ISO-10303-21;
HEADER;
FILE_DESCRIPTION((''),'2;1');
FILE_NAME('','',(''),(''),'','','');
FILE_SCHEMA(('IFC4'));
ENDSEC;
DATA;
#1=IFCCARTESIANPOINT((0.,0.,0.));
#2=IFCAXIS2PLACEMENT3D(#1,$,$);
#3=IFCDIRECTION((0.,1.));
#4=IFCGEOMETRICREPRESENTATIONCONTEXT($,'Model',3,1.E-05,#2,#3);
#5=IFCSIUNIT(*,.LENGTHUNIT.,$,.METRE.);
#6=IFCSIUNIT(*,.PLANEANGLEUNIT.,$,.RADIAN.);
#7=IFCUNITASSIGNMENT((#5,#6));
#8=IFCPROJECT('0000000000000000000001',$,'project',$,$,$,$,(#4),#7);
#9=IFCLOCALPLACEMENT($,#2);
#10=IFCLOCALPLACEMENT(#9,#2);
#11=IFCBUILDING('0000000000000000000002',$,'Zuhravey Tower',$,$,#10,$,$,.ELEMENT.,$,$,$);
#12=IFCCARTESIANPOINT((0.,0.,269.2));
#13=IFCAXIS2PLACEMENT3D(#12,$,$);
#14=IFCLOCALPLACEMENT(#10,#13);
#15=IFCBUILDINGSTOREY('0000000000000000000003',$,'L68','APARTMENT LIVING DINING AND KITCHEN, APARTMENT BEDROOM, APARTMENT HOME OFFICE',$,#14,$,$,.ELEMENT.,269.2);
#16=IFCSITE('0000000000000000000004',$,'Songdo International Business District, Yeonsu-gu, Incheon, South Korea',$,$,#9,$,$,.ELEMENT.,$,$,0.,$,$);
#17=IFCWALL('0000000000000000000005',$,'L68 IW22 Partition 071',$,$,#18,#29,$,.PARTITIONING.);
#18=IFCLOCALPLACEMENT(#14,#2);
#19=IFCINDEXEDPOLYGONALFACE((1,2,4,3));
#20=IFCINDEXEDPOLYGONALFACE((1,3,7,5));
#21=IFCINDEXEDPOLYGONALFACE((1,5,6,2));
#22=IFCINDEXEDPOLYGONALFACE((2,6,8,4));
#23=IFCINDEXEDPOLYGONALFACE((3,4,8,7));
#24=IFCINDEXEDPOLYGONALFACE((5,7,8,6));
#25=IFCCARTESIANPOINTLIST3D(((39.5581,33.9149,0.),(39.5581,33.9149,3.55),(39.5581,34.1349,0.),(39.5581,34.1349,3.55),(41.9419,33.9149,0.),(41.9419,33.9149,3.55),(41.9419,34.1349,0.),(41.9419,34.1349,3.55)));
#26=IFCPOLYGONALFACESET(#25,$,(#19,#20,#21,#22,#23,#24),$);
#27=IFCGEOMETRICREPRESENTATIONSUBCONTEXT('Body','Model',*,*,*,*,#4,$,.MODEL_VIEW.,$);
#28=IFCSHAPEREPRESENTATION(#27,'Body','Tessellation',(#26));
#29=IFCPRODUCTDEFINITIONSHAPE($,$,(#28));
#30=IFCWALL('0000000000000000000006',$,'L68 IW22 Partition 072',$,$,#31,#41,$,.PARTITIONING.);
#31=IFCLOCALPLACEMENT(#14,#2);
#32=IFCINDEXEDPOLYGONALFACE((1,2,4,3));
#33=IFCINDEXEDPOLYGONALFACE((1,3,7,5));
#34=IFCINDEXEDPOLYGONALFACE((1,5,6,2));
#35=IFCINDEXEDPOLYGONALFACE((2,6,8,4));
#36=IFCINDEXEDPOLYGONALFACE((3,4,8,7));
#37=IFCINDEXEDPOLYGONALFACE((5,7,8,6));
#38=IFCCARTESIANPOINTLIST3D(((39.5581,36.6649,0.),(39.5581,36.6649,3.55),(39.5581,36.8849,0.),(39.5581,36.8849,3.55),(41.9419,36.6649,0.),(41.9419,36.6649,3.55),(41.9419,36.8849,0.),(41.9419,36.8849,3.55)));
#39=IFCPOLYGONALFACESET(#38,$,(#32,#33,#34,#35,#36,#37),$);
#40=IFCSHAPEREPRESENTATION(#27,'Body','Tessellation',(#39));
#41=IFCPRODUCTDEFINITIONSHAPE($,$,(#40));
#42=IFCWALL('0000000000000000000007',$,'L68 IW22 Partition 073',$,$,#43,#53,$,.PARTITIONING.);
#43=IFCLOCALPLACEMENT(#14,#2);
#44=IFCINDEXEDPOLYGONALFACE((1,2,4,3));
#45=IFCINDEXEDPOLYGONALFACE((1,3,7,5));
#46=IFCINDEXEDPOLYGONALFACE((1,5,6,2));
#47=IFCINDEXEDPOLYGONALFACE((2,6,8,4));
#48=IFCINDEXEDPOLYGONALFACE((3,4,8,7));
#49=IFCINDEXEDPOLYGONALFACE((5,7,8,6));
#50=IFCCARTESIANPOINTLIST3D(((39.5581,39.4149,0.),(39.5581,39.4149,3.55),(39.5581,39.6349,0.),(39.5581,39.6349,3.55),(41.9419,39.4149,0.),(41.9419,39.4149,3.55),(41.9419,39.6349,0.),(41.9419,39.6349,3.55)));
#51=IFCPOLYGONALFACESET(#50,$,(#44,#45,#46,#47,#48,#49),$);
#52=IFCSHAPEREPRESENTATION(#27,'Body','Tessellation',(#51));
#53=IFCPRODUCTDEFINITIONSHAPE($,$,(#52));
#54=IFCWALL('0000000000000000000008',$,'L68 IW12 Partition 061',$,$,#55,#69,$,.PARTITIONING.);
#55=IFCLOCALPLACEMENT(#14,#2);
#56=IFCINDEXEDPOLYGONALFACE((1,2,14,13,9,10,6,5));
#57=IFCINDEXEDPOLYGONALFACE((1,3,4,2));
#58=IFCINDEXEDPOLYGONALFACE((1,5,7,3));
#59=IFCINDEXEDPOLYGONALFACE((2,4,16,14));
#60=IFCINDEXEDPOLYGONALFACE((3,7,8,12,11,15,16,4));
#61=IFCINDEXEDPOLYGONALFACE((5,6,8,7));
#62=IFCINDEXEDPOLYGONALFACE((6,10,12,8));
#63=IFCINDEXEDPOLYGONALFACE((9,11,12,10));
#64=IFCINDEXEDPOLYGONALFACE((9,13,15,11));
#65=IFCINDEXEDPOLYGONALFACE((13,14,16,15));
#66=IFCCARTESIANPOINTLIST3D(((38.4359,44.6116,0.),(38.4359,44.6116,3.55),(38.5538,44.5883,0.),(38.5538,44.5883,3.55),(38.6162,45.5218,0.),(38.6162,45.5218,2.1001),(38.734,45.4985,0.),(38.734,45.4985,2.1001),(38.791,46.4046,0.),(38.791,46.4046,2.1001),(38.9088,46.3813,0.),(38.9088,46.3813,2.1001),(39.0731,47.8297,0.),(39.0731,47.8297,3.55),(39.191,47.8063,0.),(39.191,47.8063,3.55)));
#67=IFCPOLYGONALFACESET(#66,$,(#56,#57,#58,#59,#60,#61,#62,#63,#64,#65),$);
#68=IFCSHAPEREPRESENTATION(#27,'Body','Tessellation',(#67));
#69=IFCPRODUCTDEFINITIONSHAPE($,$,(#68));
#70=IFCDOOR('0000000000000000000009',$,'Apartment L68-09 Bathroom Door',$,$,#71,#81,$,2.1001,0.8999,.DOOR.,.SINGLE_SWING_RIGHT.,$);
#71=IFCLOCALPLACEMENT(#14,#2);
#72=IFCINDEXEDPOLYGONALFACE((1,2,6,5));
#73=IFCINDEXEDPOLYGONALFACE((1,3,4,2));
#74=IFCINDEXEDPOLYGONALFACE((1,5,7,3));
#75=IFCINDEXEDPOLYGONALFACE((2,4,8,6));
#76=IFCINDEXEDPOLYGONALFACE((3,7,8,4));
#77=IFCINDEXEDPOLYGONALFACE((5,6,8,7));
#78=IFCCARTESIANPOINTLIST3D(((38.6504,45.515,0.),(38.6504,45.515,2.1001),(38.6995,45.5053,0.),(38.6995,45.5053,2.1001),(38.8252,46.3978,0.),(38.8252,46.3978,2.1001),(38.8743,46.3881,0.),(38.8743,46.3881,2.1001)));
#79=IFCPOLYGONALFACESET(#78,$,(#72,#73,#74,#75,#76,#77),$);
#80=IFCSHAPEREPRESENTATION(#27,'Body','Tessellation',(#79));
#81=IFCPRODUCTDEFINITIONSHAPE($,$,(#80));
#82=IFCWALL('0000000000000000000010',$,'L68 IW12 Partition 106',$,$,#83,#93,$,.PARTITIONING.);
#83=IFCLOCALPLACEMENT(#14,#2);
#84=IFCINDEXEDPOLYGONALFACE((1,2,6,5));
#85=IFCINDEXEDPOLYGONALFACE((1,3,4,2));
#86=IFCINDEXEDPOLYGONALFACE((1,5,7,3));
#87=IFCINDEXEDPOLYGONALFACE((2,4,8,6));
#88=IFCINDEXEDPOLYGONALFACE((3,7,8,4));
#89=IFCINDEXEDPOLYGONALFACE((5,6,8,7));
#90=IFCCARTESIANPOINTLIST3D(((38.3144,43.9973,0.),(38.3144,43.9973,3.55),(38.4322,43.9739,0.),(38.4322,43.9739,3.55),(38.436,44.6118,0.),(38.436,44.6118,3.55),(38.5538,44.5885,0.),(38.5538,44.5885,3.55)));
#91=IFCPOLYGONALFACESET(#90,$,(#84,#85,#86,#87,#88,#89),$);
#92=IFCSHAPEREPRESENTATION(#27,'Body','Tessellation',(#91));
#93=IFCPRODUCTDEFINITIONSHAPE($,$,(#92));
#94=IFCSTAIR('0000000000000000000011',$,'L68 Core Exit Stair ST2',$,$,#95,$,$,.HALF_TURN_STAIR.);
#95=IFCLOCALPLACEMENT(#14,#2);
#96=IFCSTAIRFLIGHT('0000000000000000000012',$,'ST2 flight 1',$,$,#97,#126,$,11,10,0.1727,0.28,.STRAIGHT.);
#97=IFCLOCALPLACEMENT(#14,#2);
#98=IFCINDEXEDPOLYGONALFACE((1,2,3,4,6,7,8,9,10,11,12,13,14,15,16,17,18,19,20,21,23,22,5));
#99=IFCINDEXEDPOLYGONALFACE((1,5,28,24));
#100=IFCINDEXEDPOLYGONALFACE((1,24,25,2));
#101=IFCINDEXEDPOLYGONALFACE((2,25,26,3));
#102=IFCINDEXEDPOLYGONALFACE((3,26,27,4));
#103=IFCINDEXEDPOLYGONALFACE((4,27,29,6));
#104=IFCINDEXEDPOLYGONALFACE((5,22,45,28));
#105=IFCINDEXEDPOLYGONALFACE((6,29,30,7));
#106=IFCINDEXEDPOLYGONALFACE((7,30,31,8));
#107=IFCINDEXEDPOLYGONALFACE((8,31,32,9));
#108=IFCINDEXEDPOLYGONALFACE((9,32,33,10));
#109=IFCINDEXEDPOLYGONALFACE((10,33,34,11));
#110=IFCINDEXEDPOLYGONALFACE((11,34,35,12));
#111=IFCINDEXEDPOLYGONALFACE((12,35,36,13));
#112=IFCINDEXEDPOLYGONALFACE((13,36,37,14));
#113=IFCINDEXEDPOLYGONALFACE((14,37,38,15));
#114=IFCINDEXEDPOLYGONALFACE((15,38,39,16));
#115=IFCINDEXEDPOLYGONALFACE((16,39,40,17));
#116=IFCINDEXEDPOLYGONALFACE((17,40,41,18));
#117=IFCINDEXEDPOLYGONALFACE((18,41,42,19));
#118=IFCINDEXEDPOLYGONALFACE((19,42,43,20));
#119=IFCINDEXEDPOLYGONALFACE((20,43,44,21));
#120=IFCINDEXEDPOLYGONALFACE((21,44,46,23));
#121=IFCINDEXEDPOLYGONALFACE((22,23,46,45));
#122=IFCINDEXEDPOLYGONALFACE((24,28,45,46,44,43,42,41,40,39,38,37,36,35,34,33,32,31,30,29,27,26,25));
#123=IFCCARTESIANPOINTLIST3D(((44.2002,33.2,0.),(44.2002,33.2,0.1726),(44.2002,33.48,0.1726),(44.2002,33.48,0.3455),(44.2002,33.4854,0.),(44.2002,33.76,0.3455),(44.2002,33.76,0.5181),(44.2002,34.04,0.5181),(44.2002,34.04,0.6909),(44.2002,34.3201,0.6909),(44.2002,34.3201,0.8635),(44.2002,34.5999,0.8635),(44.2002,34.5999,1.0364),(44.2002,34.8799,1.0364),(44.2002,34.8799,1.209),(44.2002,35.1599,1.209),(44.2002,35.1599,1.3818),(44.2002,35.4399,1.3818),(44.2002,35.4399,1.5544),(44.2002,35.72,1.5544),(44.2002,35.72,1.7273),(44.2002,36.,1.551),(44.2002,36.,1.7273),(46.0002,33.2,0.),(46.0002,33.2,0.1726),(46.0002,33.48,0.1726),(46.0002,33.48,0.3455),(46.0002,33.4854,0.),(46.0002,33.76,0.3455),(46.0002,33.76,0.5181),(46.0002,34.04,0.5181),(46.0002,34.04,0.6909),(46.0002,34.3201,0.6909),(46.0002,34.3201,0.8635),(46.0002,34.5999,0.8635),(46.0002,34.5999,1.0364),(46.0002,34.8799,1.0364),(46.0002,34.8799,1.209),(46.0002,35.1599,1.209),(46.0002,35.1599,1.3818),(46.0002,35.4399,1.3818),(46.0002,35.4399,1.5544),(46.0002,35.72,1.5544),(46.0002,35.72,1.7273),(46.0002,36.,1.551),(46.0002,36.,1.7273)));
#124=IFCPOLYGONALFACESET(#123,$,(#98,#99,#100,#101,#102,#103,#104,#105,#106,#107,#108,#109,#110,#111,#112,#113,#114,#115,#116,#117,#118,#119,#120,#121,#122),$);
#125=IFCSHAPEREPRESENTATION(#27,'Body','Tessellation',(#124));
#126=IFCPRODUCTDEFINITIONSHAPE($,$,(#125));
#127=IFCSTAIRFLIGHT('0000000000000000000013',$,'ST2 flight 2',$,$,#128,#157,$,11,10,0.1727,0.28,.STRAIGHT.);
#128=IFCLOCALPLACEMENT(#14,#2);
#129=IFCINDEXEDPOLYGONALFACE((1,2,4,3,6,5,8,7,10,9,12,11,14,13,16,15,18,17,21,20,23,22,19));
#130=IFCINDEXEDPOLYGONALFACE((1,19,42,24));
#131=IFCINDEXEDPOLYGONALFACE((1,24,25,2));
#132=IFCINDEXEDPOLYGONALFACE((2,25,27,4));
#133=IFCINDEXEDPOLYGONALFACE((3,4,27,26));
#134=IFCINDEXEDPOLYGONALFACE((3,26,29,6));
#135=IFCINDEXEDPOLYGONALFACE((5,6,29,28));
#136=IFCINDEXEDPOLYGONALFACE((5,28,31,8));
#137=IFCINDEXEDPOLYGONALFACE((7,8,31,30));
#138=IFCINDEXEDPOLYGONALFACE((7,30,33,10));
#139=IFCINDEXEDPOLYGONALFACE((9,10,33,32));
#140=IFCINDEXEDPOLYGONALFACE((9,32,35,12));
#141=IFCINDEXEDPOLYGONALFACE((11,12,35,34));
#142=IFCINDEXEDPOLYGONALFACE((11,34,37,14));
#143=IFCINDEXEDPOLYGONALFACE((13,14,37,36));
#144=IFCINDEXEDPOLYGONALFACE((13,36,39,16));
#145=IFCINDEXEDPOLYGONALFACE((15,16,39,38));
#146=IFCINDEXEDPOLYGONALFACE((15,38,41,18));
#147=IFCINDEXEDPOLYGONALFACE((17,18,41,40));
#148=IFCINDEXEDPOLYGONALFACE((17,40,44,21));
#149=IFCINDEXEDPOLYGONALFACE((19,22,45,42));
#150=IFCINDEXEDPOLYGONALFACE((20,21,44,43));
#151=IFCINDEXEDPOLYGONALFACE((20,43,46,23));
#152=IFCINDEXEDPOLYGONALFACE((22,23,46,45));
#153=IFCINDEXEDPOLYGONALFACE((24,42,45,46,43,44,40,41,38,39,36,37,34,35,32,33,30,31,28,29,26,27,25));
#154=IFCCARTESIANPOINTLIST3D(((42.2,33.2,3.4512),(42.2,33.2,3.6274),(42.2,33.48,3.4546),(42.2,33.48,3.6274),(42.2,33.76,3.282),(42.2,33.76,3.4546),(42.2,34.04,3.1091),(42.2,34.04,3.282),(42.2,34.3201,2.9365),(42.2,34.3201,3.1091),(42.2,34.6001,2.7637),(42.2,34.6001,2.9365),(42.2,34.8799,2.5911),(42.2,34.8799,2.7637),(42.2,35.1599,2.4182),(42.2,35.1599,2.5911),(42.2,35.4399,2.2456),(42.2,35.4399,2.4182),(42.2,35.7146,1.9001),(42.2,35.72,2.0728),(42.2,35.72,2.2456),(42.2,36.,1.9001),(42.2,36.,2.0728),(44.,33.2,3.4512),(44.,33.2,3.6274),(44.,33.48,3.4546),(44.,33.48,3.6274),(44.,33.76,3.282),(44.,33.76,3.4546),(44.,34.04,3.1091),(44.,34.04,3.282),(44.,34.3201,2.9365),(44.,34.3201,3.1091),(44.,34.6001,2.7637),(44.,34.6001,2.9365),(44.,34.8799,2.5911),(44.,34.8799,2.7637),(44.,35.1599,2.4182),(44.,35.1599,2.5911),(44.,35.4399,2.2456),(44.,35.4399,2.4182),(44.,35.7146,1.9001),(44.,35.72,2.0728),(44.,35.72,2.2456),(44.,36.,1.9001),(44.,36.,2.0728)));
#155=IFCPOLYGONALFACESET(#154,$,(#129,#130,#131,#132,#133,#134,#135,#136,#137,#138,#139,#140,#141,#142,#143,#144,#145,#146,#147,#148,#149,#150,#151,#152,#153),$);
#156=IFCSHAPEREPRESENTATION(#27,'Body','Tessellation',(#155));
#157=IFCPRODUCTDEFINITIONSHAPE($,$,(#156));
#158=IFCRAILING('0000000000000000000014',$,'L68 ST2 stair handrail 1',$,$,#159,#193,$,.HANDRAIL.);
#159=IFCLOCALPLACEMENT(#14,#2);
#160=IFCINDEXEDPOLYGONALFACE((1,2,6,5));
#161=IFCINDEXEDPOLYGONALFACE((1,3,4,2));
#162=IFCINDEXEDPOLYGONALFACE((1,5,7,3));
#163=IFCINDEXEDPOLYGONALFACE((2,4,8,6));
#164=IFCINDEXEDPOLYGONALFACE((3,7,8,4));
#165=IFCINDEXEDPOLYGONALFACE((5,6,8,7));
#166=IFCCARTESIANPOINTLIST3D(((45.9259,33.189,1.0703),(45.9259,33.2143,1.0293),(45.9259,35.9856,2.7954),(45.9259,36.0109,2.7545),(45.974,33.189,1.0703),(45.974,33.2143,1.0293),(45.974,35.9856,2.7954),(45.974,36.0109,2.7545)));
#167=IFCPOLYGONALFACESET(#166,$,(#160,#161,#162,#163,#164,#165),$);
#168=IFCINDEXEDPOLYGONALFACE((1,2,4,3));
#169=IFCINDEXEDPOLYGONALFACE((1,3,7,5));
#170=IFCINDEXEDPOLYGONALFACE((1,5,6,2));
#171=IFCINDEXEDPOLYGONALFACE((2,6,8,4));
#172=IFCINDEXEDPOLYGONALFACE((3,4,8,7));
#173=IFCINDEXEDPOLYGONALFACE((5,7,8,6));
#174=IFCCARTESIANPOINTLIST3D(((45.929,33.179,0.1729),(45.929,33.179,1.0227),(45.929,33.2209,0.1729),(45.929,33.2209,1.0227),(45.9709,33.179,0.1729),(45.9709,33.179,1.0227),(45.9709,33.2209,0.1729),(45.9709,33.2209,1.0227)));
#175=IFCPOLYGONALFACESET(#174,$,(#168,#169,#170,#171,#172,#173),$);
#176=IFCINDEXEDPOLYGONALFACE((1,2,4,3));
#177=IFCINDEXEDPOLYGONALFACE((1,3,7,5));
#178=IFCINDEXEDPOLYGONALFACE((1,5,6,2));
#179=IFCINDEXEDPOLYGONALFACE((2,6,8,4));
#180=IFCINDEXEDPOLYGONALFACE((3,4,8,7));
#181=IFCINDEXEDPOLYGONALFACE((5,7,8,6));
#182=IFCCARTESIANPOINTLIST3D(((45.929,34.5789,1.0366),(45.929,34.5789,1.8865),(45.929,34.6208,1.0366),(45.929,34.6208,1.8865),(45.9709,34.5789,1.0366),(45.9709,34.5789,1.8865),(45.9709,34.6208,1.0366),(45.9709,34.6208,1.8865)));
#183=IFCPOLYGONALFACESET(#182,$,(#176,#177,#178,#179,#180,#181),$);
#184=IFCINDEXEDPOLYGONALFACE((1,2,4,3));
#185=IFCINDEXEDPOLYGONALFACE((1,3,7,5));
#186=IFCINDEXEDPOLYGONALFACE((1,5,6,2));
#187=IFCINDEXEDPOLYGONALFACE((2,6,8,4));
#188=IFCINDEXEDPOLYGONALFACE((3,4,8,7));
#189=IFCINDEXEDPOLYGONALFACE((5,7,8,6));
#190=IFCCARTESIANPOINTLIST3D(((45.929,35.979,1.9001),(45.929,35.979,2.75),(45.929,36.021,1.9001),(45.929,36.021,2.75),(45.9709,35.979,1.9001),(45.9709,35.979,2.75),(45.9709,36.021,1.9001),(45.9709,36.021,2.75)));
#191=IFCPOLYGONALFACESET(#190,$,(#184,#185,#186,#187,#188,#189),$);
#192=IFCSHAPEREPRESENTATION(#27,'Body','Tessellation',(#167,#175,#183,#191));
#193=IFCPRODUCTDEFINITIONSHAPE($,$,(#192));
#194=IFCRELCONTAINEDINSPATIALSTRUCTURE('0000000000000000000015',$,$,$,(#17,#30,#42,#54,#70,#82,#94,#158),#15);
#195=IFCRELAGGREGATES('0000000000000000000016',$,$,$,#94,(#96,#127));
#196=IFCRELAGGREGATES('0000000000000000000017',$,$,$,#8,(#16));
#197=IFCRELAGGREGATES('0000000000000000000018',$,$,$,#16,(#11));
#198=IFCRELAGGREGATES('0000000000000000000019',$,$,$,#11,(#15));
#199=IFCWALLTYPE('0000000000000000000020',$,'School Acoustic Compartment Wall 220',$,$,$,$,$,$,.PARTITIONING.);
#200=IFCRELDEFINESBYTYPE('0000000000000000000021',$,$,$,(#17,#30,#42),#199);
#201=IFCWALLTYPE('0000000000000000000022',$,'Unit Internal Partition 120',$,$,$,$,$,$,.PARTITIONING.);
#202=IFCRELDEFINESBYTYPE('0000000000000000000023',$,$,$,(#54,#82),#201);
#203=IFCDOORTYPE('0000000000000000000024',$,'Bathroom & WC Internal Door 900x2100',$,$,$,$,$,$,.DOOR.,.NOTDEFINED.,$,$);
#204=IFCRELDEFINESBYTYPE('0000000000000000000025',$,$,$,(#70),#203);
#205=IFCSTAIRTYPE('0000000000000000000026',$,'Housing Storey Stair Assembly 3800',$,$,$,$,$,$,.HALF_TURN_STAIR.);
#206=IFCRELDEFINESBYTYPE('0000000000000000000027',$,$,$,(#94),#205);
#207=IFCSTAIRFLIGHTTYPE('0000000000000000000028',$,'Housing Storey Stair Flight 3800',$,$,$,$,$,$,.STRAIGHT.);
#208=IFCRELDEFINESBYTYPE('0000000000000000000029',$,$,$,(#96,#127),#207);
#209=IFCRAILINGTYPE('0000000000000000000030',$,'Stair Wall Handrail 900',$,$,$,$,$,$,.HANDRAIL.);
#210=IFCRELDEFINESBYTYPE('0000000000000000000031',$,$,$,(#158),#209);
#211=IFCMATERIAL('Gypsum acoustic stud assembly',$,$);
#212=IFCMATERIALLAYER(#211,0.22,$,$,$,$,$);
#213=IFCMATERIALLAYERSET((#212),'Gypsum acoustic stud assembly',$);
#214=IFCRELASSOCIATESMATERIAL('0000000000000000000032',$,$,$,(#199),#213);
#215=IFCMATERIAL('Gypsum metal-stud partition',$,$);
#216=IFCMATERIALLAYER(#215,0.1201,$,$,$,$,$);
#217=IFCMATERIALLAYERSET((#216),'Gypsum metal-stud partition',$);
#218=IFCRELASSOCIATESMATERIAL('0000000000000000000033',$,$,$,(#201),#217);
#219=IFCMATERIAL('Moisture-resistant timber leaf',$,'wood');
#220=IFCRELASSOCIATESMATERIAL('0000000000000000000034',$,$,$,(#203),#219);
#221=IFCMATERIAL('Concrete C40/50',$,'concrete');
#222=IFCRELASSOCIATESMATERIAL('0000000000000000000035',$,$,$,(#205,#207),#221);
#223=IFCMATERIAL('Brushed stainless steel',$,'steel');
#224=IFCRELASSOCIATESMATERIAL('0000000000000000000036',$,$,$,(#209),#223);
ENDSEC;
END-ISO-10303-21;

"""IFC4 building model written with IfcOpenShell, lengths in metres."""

from ifc_helpers import new_model, si_unit, direction, frame, frame_2d, origin, origin_2d, place, context, subcontext, project, spatial, polyline, rectangle, outline, extrude, material, layer, layer_set, type_object, element, fill, aggregate, save


model = new_model("IFC4")

# Units and contexts
model_context = context("Model", 3, precision=1e-05, world=origin(), true_north=direction((0.0, 1.0)))
body_context = subcontext(model_context, "Body", "Model", "MODEL_VIEW")
ifc_project = project(units=[si_unit("LENGTHUNIT", "METRE"), si_unit("PLANEANGLEUNIT", "RADIAN")], contexts=[model_context])

# Site, building, storey
site_placement = place(None, origin())
site = spatial("IfcSite", under=ifc_project, at=site_placement, Name="Songdo International Business District, Yeonsu-gu, Incheon, South Korea", CompositionType="ELEMENT", RefElevation=0.0)
building_placement = place(site_placement, origin())
building = spatial("IfcBuilding", under=site, at=building_placement, Name="Zuhravey Tower", CompositionType="ELEMENT")
storey_placement = place(building_placement, frame((0.0, 0.0, 269.2)))
storey = spatial("IfcBuildingStorey", under=building, at=storey_placement, Name="L68", Description="APARTMENT LIVING DINING AND KITCHEN, APARTMENT BEDROOM, APARTMENT HOME OFFICE", CompositionType="ELEMENT", Elevation=269.2)

# Walls
ifc_material_1 = material(Name="Gypsum acoustic stud assembly")
ifc_layer_1 = layer(ifc_material_1, 0.22)
ifc_layer_set_1 = layer_set([ifc_layer_1], Name="Gypsum acoustic stud assembly")
wall_type_1 = type_object("IfcWallType", Name="School Acoustic Compartment Wall 220", PredefinedType="PARTITIONING", material=ifc_layer_set_1)
for number, where, z_axis, x_axis, name in (
    (1, (39.5581, 34.0249, 0.0), (0.0, 0.0, 1.0), (1.0, 0.0, 0.0), "L68 IW22 Partition 071"),
    (2, (39.5581, 36.7749, 0.0), (0.0, 0.0, 1.0), (1.0, 0.0, 0.0), "L68 IW22 Partition 072"),
    (3, (39.5581, 39.5249, 0.0), (0.0, 0.0, 1.0), (1.0, 0.0, 0.0), "L68 IW22 Partition 073"),
):
    element("IfcWall", number, at=place(storey_placement, frame(where, z_axis=z_axis, x_axis=x_axis)), inside=storey, type_object=wall_type_1, Name=name, PredefinedType="PARTITIONING", context=body_context, shape_type="SweptSolid", body=[
        extrude(rectangle(XDim=2.3838, YDim=0.22, at=frame_2d((1.1919, 0.0))), origin(), (0.0, 0.0, 1.0), 3.55),
    ])

# Wall, opening, door
ifc_material_2 = material(Name="Gypsum metal-stud partition")
ifc_layer_2 = layer(ifc_material_2, 0.1201)
ifc_layer_set_2 = layer_set([ifc_layer_2], Name="Gypsum metal-stud partition")
wall_type_2 = type_object("IfcWallType", Name="Unit Internal Partition 120", PredefinedType="PARTITIONING", material=ifc_layer_set_2)
wall_1_placement = place(storey_placement, frame((38.4949, 44.6001, 0.0), z_axis=(0.0, 0.0, 1.0), x_axis=(0.194241, 0.980954, 0.0)))
wall_1 = element("IfcWall", 4, at=wall_1_placement, inside=storey, type_object=wall_type_2, Name="L68 IW12 Partition 061", PredefinedType="PARTITIONING", context=body_context, shape_type="SweptSolid", body=[
    extrude(rectangle(XDim=3.2805, YDim=0.1201, at=frame_2d((1.6401, 0.0))), origin(), (0.0, 0.0, 1.0), 3.55),
])
opening_1_placement = place(wall_1_placement, frame((0.9277, 0.0, 0.0)))
opening_1 = element("IfcOpeningElement", 5, at=opening_1_placement, cuts=wall_1, PredefinedType="OPENING", context=body_context, shape_type="SweptSolid", body=[
    extrude(rectangle(XDim=0.8999, YDim=2.1001, at=frame_2d((0.45, 1.05))), frame((0.0, 0.072, 0.0), z_axis=(0.0, -1.0, 0.0), x_axis=(1.0, 0.0, 0.0)), (0.0, 0.0, 1.0), 0.144),
])
ifc_material_3 = material(Name="Moisture-resistant timber leaf", Category="wood")
door_type_1 = type_object("IfcDoorType", Name="Bathroom & WC Internal Door 900x2100", OperationType="NOTDEFINED", PredefinedType="DOOR", material=ifc_material_3)
door_1_placement = place(opening_1_placement, frame((0.8999, 0.0, 0.0), z_axis=(0.0, 0.0, 1.0), x_axis=(-1.0, 0.0, 0.0)))
door_1 = element("IfcDoor", 6, at=door_1_placement, inside=storey, type_object=door_type_1, Name="Apartment L68-09 Bathroom Door", OperationType="SINGLE_SWING_RIGHT", OverallHeight=2.1001, OverallWidth=0.8999, PredefinedType="DOOR", context=body_context, shape_type="SweptSolid", body=[
    extrude(rectangle(XDim=0.8999, YDim=2.1001, at=frame_2d((0.45, 1.05))), frame((0.0, 0.0249, 0.0), z_axis=(0.0, -1.0, 0.0), x_axis=(1.0, 0.0, 0.0)), (0.0, 0.0, 1.0), 0.05),
])
fill(opening_1, door_1)

# Wall
wall_2_placement = place(storey_placement, frame((38.3733, 43.9856, 0.0), z_axis=(0.0, 0.0, 1.0), x_axis=(0.194092, 0.980983, 0.0)))
element("IfcWall", 7, at=wall_2_placement, inside=storey, type_object=wall_type_2, Name="L68 IW12 Partition 106", PredefinedType="PARTITIONING", context=body_context, shape_type="SweptSolid", body=[
    extrude(rectangle(XDim=0.6265, YDim=0.1201, at=frame_2d((0.3132, 0.0))), origin(), (0.0, 0.0, 1.0), 3.55),
])

# Stair, stair flights
ifc_material_4 = material(Name="Concrete C40/50", Category="concrete")
stair_type = type_object("IfcStairType", Name="Housing Storey Stair Assembly 3800", PredefinedType="HALF_TURN_STAIR", material=ifc_material_4)
stair_placement = place(storey_placement, origin())
stair = element("IfcStair", 8, at=stair_placement, inside=storey, type_object=stair_type, Name="L68 Core Exit Stair ST2", PredefinedType="HALF_TURN_STAIR")
stair_flight_type = type_object("IfcStairFlightType", Name="Housing Storey Stair Flight 3800", PredefinedType="STRAIGHT", material=ifc_material_4)
stair_flight_1_placement = place(storey_placement, frame((45.1001, 33.2, 0.0), z_axis=(0.0, 0.0, 1.0), x_axis=(0.0, 1.0, 0.0)))
stair_flight_1 = element("IfcStairFlight", 9, at=stair_flight_1_placement, type_object=stair_flight_type, Name="ST2 flight 1", NumberOfRisers=11, NumberOfTreads=10, PredefinedType="STRAIGHT", RiserHeight=0.1727, TreadLength=0.28, context=body_context, shape_type="SweptSolid", body=[
    extrude(outline(polyline([(0.0, 0.0), (0.0, 0.1726), (0.28, 0.1726), (0.28, 0.3455), (0.5601, 0.3455), (0.5601, 0.5181), (0.8401, 0.5181), (0.8401, 0.6909), (1.1201, 0.6909), (1.1201, 0.8635), (1.3999, 0.8635), (1.3999, 1.0364), (1.6799, 1.0364), (1.6799, 1.209), (1.96, 1.209), (1.96, 1.3818), (2.24, 1.3818), (2.24, 1.5544), (2.52, 1.5544), (2.52, 1.7273), (2.8, 1.7273), (2.8, 1.8999), (2.8, 1.551), (0.2854, 0.0), (0.0, 0.0)])), frame((0.0, 0.8999, 0.0), z_axis=(0.0, -1.0, 0.0), x_axis=(1.0, 0.0, 0.0)), (0.0, 0.0, 1.0), 1.8),
])
stair_flight_2_placement = place(storey_placement, frame((43.1001, 36.0, 1.9001), z_axis=(0.0, 0.0, 1.0), x_axis=(0.0, -1.0, 0.0)))
stair_flight_2 = element("IfcStairFlight", 10, at=stair_flight_2_placement, type_object=stair_flight_type, Name="ST2 flight 2", NumberOfRisers=11, NumberOfTreads=10, PredefinedType="STRAIGHT", RiserHeight=0.1727, TreadLength=0.28, context=body_context, shape_type="SweptSolid", body=[
    extrude(outline(polyline([(0.0, 0.0), (0.0, 0.1726), (0.28, 0.1726), (0.28, 0.3455), (0.5601, 0.3455), (0.5601, 0.5181), (0.8401, 0.5181), (0.8401, 0.6909), (1.1201, 0.6909), (1.1201, 0.8635), (1.3999, 0.8635), (1.3999, 1.0364), (1.6799, 1.0364), (1.6799, 1.209), (1.96, 1.209), (1.96, 1.3818), (2.24, 1.3818), (2.24, 1.5544), (2.52, 1.5544), (2.52, 1.7273), (2.8, 1.7273), (2.8, 1.8999), (2.8, 1.551), (0.2854, 0.0), (0.0, 0.0)])), frame((0.0, 0.8999, 0.0), z_axis=(0.0, -1.0, 0.0), x_axis=(1.0, 0.0, 0.0)), (0.0, 0.0, 1.0), 1.8),
])
aggregate(stair, [stair_flight_1, stair_flight_2])

# Railing
ifc_material_5 = material(Name="Brushed stainless steel", Category="steel")
railing_type_1 = type_object("IfcRailingType", Name="Stair Wall Handrail 900", PredefinedType="HANDRAIL", material=ifc_material_5)
railing_1_placement = place(storey_placement, frame((45.95, 33.2, 0.1729)))
element("IfcRailing", 11, at=railing_1_placement, inside=storey, type_object=railing_type_1, Name="L68 ST2 stair handrail 1", PredefinedType="HANDRAIL", context=body_context, shape_type="SweptSolid", body=[
    extrude(rectangle(XDim=0.0481, YDim=0.0481, at=origin_2d()), frame((0.0, 0.0017, 0.877), z_axis=(0.0, 0.85109, 0.52502), x_axis=(-1.0, 0.0, 0.0)), (0.0, 0.0, 1.0), 3.2859),
    extrude(rectangle(XDim=0.042, YDim=0.042, at=origin_2d()), origin(), (0.0, 0.0, 1.0), 0.8499),
    extrude(rectangle(XDim=0.042, YDim=0.042, at=origin_2d()), frame((0.0, 1.3999, 0.8638)), (0.0, 0.0, 1.0), 0.8499),
    extrude(rectangle(XDim=0.042, YDim=0.042, at=origin_2d()), frame((0.0, 2.8, 1.7273)), (0.0, 0.0, 1.0), 0.8499),
])

save(model, "model.ifc")
